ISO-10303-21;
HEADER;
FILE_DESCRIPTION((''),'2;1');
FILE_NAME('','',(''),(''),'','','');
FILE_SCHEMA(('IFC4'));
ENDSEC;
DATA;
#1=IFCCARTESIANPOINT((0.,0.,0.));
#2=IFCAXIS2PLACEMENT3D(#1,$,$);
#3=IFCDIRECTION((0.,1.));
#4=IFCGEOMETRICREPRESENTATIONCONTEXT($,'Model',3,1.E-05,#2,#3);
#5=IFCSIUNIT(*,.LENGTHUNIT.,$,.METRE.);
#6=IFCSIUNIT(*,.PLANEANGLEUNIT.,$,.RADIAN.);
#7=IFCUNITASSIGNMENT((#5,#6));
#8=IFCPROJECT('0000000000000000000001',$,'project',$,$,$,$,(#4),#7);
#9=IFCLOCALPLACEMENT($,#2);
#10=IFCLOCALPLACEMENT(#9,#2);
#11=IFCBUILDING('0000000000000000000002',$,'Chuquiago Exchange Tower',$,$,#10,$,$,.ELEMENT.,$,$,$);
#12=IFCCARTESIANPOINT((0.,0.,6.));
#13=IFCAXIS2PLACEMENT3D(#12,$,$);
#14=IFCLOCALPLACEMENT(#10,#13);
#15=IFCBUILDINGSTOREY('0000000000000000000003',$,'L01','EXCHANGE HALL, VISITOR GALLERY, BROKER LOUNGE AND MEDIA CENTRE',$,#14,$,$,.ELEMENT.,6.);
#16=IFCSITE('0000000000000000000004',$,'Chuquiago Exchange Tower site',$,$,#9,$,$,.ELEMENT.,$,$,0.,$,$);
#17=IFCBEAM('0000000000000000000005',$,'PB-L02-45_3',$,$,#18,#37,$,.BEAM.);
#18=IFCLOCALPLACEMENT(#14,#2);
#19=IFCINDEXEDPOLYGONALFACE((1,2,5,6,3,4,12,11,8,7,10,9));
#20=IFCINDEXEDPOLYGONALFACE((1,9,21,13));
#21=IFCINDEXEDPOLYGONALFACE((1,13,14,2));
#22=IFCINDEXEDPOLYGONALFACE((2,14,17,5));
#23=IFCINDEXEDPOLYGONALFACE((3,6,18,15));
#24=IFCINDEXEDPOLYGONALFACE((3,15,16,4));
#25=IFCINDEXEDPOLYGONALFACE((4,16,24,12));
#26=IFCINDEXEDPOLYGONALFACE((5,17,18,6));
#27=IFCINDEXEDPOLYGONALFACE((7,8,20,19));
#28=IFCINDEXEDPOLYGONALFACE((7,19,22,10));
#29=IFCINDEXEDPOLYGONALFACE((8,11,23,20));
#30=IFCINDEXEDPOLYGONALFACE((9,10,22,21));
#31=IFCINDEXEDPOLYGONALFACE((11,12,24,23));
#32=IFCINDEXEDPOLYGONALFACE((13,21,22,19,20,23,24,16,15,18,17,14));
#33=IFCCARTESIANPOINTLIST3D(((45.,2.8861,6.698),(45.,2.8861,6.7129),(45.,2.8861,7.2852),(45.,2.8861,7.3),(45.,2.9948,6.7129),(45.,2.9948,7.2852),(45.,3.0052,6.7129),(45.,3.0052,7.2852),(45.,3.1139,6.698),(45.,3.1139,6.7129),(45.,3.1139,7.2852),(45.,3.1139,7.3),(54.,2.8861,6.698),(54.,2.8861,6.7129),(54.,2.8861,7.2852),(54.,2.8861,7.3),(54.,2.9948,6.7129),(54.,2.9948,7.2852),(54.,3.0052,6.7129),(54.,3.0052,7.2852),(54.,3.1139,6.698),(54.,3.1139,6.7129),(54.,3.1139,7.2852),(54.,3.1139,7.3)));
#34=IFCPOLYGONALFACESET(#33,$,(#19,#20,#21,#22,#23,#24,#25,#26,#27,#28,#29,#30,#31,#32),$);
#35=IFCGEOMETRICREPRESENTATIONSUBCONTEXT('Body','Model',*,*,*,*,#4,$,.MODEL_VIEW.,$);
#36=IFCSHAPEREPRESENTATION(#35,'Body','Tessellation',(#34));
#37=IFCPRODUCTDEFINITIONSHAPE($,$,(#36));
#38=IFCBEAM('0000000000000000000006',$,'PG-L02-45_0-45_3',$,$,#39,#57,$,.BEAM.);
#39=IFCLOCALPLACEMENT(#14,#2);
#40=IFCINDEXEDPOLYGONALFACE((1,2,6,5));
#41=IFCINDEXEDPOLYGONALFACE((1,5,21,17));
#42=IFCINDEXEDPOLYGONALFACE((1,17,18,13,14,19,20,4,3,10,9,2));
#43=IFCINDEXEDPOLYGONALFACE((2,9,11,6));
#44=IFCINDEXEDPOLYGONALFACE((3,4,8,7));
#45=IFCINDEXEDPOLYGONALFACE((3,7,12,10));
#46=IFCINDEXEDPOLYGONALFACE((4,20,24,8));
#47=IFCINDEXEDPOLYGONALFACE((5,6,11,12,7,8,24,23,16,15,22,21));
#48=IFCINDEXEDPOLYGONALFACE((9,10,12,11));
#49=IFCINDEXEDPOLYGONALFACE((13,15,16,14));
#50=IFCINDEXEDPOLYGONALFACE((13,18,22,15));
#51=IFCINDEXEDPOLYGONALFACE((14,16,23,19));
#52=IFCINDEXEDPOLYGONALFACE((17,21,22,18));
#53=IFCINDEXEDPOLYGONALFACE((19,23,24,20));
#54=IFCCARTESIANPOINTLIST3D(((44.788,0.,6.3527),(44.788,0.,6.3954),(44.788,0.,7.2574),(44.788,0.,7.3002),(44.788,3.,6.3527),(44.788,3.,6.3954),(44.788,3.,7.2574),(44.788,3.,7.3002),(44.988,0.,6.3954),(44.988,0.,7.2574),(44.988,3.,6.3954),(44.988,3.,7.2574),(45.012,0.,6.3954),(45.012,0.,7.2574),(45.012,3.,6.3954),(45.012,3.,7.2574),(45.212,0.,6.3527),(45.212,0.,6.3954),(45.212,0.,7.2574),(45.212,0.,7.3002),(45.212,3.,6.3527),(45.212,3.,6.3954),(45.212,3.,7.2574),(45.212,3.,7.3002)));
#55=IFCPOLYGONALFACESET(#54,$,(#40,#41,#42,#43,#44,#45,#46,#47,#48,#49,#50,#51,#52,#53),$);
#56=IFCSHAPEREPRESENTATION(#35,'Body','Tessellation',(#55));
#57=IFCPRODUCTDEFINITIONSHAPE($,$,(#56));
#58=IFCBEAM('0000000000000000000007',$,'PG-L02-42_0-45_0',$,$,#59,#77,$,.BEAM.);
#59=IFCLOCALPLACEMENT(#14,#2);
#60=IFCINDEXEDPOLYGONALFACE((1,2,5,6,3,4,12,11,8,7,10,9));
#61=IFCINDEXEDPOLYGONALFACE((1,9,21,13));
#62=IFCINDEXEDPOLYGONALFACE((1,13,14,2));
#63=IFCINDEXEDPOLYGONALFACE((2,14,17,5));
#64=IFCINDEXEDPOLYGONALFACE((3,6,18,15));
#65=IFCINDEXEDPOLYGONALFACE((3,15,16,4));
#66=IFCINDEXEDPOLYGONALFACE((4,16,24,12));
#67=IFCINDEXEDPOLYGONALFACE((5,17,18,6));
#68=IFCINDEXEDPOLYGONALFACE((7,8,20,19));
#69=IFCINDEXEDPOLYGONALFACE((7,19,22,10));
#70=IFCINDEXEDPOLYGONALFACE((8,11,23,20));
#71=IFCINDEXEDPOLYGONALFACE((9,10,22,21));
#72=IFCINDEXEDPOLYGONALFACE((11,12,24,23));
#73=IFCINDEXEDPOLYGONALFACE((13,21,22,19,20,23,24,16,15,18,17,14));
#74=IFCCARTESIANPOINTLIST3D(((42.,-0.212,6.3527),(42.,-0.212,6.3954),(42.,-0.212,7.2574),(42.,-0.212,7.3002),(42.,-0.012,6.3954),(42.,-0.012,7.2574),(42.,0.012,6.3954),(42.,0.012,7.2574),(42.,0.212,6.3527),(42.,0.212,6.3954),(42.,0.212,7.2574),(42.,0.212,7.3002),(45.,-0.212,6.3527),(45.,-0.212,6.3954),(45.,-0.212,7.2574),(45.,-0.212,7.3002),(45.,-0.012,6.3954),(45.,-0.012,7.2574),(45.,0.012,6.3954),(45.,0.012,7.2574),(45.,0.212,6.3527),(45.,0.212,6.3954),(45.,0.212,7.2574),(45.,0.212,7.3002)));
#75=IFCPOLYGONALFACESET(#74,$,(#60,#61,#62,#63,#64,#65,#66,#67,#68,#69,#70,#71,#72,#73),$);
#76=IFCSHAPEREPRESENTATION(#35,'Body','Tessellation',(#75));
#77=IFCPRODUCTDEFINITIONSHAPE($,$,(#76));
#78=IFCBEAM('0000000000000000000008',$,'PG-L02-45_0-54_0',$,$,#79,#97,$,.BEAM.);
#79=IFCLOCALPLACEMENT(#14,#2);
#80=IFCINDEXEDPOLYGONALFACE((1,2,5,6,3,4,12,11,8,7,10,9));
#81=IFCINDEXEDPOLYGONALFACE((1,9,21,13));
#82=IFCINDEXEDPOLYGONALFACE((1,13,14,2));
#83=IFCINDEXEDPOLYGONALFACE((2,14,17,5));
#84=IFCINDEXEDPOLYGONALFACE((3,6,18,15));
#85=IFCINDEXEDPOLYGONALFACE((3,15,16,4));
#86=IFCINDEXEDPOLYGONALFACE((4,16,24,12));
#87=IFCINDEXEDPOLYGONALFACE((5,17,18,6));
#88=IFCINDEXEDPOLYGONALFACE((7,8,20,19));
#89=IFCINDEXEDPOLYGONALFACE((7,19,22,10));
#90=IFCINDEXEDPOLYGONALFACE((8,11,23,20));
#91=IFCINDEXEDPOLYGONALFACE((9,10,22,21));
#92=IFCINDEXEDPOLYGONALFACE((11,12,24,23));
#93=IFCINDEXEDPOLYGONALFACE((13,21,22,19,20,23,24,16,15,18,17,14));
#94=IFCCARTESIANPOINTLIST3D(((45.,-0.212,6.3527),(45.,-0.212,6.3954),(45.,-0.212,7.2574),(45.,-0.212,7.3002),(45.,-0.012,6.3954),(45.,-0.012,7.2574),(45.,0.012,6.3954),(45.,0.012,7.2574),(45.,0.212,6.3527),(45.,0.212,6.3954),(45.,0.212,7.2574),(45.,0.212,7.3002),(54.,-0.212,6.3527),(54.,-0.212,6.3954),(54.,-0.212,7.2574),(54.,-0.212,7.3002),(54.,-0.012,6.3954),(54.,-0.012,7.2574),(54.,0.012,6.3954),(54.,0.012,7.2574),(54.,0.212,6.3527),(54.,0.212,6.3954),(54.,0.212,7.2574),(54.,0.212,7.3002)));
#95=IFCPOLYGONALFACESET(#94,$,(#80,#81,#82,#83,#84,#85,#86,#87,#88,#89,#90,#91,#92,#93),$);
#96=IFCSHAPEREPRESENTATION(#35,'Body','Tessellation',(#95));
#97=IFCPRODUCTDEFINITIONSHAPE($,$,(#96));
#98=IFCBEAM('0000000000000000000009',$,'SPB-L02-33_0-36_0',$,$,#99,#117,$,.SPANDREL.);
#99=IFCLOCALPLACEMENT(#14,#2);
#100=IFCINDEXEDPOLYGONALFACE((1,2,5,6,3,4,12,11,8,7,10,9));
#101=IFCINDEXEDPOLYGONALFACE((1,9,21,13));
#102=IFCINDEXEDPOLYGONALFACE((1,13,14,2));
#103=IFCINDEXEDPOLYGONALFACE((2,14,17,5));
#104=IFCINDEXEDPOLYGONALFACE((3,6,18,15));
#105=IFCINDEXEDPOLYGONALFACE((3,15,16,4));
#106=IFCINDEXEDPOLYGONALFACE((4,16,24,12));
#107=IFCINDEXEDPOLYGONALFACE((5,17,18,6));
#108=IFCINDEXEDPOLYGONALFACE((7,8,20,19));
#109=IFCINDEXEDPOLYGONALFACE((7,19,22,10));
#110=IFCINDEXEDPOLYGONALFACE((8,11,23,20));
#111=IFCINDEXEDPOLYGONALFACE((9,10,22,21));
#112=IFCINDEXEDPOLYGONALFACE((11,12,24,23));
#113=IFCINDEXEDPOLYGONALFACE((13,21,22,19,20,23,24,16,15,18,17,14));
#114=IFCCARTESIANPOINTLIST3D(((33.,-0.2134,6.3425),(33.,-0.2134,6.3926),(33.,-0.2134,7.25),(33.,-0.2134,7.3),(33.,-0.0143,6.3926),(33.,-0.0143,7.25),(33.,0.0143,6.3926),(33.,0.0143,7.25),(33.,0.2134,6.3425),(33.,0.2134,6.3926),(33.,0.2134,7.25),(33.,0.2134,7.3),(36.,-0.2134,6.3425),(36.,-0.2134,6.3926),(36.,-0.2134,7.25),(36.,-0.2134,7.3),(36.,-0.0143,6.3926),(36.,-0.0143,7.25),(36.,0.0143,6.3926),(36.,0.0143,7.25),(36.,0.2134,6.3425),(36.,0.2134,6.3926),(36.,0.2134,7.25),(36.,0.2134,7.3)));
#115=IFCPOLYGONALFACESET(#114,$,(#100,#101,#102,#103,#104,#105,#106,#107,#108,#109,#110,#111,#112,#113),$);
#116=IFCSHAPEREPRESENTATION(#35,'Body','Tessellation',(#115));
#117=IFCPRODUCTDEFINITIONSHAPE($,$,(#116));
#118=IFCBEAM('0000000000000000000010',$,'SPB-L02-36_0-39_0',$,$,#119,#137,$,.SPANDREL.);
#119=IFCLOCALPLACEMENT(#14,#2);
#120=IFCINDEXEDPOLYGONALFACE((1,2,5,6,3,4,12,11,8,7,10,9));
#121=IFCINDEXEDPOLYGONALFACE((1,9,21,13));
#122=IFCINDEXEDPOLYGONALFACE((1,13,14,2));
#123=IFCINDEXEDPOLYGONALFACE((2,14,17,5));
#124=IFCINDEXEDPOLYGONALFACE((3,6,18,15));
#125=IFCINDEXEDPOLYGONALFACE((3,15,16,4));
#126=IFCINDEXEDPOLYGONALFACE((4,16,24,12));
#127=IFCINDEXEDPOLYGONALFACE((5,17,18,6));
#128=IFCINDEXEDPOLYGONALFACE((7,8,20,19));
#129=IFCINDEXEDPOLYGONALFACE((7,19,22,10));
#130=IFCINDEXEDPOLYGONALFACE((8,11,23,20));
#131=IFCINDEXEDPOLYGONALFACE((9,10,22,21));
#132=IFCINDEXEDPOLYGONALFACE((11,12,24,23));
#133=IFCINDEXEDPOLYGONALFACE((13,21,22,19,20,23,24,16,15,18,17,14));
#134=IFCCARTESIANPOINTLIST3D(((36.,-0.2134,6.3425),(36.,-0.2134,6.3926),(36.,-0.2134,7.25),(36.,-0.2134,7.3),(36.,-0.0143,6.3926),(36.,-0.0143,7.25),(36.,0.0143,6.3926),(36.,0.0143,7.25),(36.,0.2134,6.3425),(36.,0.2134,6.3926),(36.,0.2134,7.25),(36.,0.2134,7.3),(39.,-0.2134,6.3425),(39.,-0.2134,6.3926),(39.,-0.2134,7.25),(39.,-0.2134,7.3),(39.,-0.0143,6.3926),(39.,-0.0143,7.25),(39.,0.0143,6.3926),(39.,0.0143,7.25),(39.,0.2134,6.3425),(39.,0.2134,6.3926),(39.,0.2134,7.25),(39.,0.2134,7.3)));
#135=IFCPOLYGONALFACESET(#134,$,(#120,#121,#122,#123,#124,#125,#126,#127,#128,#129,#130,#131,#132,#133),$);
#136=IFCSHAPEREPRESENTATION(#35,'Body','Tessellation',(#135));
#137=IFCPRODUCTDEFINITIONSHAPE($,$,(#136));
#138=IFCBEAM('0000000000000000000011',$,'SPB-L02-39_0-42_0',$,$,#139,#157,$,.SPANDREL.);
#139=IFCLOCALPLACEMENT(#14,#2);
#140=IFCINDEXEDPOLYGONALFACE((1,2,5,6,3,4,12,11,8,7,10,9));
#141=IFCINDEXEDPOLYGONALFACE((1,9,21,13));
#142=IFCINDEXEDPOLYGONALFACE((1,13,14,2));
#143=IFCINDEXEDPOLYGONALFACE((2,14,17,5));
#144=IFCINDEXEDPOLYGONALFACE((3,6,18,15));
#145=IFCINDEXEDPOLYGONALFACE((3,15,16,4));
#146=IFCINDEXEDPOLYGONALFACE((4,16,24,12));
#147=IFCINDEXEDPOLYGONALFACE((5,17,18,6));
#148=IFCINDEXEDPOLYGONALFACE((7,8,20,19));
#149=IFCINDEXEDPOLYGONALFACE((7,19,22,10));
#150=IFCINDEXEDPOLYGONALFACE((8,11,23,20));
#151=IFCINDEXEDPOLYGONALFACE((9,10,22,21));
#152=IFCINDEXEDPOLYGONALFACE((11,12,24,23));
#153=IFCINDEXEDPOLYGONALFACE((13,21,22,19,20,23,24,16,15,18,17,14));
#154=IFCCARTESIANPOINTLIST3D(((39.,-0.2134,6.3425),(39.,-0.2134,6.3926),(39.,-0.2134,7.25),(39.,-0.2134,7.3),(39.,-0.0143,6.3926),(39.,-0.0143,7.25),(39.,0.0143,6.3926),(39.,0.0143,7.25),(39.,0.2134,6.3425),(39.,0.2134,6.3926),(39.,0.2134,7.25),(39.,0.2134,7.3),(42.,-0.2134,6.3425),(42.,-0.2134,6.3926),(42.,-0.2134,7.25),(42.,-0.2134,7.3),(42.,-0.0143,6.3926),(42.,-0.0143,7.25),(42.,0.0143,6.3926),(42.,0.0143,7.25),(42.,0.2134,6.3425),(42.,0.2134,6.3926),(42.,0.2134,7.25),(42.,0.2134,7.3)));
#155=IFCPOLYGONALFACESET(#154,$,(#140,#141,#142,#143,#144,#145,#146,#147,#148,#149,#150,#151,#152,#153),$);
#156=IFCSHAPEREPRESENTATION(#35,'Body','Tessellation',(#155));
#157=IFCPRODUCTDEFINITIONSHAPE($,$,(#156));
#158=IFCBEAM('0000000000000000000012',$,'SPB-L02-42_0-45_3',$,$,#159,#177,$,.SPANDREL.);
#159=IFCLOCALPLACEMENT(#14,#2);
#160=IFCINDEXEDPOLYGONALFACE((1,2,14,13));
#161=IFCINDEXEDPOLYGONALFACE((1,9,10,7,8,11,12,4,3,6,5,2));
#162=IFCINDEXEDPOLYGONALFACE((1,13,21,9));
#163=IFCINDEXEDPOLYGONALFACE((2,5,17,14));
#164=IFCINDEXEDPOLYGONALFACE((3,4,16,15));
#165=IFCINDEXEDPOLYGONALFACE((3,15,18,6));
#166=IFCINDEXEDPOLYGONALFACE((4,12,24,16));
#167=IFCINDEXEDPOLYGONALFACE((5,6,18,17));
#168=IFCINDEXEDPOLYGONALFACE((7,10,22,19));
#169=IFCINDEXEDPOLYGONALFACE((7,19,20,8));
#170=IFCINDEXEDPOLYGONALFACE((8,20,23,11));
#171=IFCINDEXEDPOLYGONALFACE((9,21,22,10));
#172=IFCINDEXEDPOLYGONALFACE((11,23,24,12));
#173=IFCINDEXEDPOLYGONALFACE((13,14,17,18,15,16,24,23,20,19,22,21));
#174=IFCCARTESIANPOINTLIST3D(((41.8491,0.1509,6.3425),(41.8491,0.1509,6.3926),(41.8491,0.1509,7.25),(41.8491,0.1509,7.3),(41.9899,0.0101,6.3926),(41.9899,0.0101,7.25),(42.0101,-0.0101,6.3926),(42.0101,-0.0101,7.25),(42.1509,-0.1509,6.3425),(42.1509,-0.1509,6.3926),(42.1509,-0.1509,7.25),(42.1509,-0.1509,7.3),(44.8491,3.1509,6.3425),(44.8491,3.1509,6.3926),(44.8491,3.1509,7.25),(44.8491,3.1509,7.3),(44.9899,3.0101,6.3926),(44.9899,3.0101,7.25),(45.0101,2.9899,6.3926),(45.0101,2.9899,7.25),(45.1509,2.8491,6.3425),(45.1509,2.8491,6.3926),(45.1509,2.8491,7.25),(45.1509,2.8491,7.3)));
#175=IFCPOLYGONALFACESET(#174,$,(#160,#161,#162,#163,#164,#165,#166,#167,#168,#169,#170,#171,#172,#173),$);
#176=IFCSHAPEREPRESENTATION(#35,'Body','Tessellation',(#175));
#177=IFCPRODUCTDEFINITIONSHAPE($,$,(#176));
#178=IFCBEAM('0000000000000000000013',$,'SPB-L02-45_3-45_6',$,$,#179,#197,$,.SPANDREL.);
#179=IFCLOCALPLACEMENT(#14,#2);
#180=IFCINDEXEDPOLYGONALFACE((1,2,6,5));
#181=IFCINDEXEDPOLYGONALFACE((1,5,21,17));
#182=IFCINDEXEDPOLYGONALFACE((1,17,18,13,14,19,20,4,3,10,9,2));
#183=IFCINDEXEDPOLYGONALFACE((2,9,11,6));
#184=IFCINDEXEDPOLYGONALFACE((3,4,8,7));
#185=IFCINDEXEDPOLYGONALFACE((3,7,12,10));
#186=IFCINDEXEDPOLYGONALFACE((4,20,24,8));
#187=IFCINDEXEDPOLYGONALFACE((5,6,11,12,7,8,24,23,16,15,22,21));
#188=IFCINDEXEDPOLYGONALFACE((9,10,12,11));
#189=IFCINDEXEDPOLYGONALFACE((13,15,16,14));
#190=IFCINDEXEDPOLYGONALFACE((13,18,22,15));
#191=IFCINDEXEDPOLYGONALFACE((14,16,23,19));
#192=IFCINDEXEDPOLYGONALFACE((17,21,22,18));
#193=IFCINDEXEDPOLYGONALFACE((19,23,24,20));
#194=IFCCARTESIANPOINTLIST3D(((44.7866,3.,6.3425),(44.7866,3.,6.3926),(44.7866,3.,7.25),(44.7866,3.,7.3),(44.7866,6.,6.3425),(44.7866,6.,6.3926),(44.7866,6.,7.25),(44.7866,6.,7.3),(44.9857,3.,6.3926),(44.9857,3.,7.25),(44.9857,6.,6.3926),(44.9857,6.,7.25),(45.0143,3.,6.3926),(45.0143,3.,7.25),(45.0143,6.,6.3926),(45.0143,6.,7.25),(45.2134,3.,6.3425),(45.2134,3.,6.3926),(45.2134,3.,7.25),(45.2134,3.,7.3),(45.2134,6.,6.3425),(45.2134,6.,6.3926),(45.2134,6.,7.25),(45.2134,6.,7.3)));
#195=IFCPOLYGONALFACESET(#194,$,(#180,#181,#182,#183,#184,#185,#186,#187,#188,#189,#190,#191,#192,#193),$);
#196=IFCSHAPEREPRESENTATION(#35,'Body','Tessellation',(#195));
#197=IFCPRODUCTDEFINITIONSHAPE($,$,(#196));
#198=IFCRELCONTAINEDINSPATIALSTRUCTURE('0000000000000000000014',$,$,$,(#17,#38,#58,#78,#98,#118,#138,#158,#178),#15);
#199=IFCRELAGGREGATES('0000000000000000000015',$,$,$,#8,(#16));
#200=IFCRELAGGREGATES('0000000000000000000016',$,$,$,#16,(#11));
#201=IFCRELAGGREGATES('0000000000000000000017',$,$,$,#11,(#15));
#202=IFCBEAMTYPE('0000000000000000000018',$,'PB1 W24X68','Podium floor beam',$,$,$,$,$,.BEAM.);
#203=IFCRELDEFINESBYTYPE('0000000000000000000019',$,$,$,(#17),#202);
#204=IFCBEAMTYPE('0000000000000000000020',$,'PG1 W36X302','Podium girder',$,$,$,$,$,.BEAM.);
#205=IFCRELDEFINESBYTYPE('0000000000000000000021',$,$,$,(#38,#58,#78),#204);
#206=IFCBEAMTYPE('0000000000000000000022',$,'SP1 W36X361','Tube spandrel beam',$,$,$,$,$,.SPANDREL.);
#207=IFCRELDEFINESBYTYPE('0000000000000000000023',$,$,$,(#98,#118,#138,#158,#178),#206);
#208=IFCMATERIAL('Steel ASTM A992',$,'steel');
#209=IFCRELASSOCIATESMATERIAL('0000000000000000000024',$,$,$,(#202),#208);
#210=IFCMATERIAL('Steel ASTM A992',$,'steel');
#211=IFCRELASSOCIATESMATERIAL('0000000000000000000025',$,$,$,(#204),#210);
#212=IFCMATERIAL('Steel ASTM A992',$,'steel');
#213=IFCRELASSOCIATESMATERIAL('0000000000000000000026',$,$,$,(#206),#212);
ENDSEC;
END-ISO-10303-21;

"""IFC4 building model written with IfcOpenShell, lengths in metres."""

from ifc_helpers import new_model, si_unit, direction, frame, origin, origin_2d, place, context, subcontext, project, spatial, i_section, extrude, material, material_profile, profile_set, type_object, element, save


model = new_model("IFC4")

# Units and contexts
model_context = context("Model", 3, precision=1e-05, world=origin(), true_north=direction((0.0, 1.0)))
body_context = subcontext(model_context, "Body", "Model", "MODEL_VIEW")
ifc_project = project(units=[si_unit("LENGTHUNIT", "METRE"), si_unit("PLANEANGLEUNIT", "RADIAN")], contexts=[model_context])

# Site, building, storey
site_placement = place(None, origin())
site = spatial("IfcSite", under=ifc_project, at=site_placement, Name="Chuquiago Exchange Tower site", CompositionType="ELEMENT", RefElevation=0.0)
building_placement = place(site_placement, origin())
building = spatial("IfcBuilding", under=site, at=building_placement, Name="Chuquiago Exchange Tower", CompositionType="ELEMENT")
storey_placement = place(building_placement, frame((0.0, 0.0, 6.0)))
storey = spatial("IfcBuildingStorey", under=building, at=storey_placement, Name="L01", Description="EXCHANGE HALL, VISITOR GALLERY, BROKER LOUNGE AND MEDIA CENTRE", CompositionType="ELEMENT", Elevation=6.0)

# Beams
ifc_material_1 = material(Name="Steel ASTM A992", Category="steel")
ifc_material_profile_1 = material_profile(ifc_material_1, i_section(OverallWidth=0.2278, OverallDepth=0.6021, WebThickness=0.0105, FlangeThickness=0.0149, at=origin_2d()), Name="W24X68")
ifc_profile_set_1 = profile_set([ifc_material_profile_1], Name="Steel ASTM A992")
beam_type_1 = type_object("IfcBeamType", Name="PB1 W24X68", Description="Podium floor beam", PredefinedType="BEAM", material=ifc_profile_set_1)
beam_1_placement = place(storey_placement, frame((45.0, 3.0, 6.999), z_axis=(1.0, 0.0, 0.0), x_axis=(0.0, 1.0, 0.0)))
element("IfcBeam", 1, at=beam_1_placement, inside=storey, type_object=beam_type_1, Name="PB-L02-45_3", PredefinedType="BEAM", context=body_context, shape_type="SweptSolid", body=[
    extrude(i_section(OverallWidth=0.2278, OverallDepth=0.6021, WebThickness=0.0105, FlangeThickness=0.0149, at=origin_2d()), origin(), (0.0, 0.0, 1.0), 9.0),
])
ifc_material_2 = material(Name="Steel ASTM A992", Category="steel")
ifc_material_profile_2 = material_profile(ifc_material_2, i_section(OverallWidth=0.4241, OverallDepth=0.9475, WebThickness=0.0239, FlangeThickness=0.0427, at=origin_2d()), Name="W36X302")
ifc_profile_set_2 = profile_set([ifc_material_profile_2], Name="Steel ASTM A992")
beam_type_2 = type_object("IfcBeamType", Name="PG1 W36X302", Description="Podium girder", PredefinedType="BEAM", material=ifc_profile_set_2)
for number, where, z_axis, x_axis, name in (
    (2, (45.0, 0.0, 6.8264), (0.0, 1.0, 0.0), (-1.0, 0.0, 0.0), "PG-L02-45_0-45_3"),
    (3, (42.0, 0.0, 6.8264), (1.0, 0.0, 0.0), (0.0, 1.0, 0.0), "PG-L02-42_0-45_0"),
):
    element("IfcBeam", number, at=place(storey_placement, frame(where, z_axis=z_axis, x_axis=x_axis)), inside=storey, type_object=beam_type_2, Name=name, PredefinedType="BEAM", context=body_context, shape_type="SweptSolid", body=[
        extrude(i_section(OverallWidth=0.4241, OverallDepth=0.9475, WebThickness=0.0239, FlangeThickness=0.0427, at=origin_2d()), origin(), (0.0, 0.0, 1.0), 3.0),
    ])
beam_2_placement = place(storey_placement, frame((45.0, 0.0, 6.8264), z_axis=(1.0, 0.0, 0.0), x_axis=(0.0, 1.0, 0.0)))
element("IfcBeam", 4, at=beam_2_placement, inside=storey, type_object=beam_type_2, Name="PG-L02-45_0-54_0", PredefinedType="BEAM", context=body_context, shape_type="SweptSolid", body=[
    extrude(i_section(OverallWidth=0.4241, OverallDepth=0.9475, WebThickness=0.0239, FlangeThickness=0.0427, at=origin_2d()), origin(), (0.0, 0.0, 1.0), 9.0),
])
ifc_material_3 = material(Name="Steel ASTM A992", Category="steel")
ifc_material_profile_3 = material_profile(ifc_material_3, i_section(OverallWidth=0.4268, OverallDepth=0.9575, WebThickness=0.0286, FlangeThickness=0.05, at=origin_2d()), Name="W36X361")
ifc_profile_set_3 = profile_set([ifc_material_profile_3], Name="Steel ASTM A992")
beam_type_3 = type_object("IfcBeamType", Name="SP1 W36X361", Description="Tube spandrel beam", PredefinedType="SPANDREL", material=ifc_profile_set_3)
for number, where, z_axis, x_axis, name in (
    (5, (33.0, 0.0, 6.8213), (1.0, 0.0, 0.0), (0.0, 1.0, 0.0), "SPB-L02-33_0-36_0"),
    (6, (36.0, 0.0, 6.8213), (1.0, 0.0, 0.0), (0.0, 1.0, 0.0), "SPB-L02-36_0-39_0"),
    (7, (39.0, 0.0, 6.8213), (1.0, 0.0, 0.0), (0.0, 1.0, 0.0), "SPB-L02-39_0-42_0"),
):
    element("IfcBeam", number, at=place(storey_placement, frame(where, z_axis=z_axis, x_axis=x_axis)), inside=storey, type_object=beam_type_3, Name=name, PredefinedType="SPANDREL", context=body_context, shape_type="SweptSolid", body=[
        extrude(i_section(OverallWidth=0.4268, OverallDepth=0.9575, WebThickness=0.0286, FlangeThickness=0.05, at=origin_2d()), origin(), (0.0, 0.0, 1.0), 3.0),
    ])
beam_3_placement = place(storey_placement, frame((42.0, 0.0, 6.8213), z_axis=(0.707107, 0.707107, 0.0), x_axis=(-0.707107, 0.707107, 0.0)))
element("IfcBeam", 8, at=beam_3_placement, inside=storey, type_object=beam_type_3, Name="SPB-L02-42_0-45_3", PredefinedType="SPANDREL", context=body_context, shape_type="SweptSolid", body=[
    extrude(i_section(OverallWidth=0.4268, OverallDepth=0.9575, WebThickness=0.0286, FlangeThickness=0.05, at=origin_2d()), origin(), (0.0, 0.0, 1.0), 4.2427),
])
for number, where, z_axis, x_axis, name in (
    (9, (45.0, 3.0, 6.8213), (0.0, 1.0, 0.0), (-1.0, 0.0, 0.0), "SPB-L02-45_3-45_6"),
):
    element("IfcBeam", number, at=place(storey_placement, frame(where, z_axis=z_axis, x_axis=x_axis)), inside=storey, type_object=beam_type_3, Name=name, PredefinedType="SPANDREL", context=body_context, shape_type="SweptSolid", body=[
        extrude(i_section(OverallWidth=0.4268, OverallDepth=0.9575, WebThickness=0.0286, FlangeThickness=0.05, at=origin_2d()), origin(), (0.0, 0.0, 1.0), 3.0),
    ])

save(model, "model.ifc")
